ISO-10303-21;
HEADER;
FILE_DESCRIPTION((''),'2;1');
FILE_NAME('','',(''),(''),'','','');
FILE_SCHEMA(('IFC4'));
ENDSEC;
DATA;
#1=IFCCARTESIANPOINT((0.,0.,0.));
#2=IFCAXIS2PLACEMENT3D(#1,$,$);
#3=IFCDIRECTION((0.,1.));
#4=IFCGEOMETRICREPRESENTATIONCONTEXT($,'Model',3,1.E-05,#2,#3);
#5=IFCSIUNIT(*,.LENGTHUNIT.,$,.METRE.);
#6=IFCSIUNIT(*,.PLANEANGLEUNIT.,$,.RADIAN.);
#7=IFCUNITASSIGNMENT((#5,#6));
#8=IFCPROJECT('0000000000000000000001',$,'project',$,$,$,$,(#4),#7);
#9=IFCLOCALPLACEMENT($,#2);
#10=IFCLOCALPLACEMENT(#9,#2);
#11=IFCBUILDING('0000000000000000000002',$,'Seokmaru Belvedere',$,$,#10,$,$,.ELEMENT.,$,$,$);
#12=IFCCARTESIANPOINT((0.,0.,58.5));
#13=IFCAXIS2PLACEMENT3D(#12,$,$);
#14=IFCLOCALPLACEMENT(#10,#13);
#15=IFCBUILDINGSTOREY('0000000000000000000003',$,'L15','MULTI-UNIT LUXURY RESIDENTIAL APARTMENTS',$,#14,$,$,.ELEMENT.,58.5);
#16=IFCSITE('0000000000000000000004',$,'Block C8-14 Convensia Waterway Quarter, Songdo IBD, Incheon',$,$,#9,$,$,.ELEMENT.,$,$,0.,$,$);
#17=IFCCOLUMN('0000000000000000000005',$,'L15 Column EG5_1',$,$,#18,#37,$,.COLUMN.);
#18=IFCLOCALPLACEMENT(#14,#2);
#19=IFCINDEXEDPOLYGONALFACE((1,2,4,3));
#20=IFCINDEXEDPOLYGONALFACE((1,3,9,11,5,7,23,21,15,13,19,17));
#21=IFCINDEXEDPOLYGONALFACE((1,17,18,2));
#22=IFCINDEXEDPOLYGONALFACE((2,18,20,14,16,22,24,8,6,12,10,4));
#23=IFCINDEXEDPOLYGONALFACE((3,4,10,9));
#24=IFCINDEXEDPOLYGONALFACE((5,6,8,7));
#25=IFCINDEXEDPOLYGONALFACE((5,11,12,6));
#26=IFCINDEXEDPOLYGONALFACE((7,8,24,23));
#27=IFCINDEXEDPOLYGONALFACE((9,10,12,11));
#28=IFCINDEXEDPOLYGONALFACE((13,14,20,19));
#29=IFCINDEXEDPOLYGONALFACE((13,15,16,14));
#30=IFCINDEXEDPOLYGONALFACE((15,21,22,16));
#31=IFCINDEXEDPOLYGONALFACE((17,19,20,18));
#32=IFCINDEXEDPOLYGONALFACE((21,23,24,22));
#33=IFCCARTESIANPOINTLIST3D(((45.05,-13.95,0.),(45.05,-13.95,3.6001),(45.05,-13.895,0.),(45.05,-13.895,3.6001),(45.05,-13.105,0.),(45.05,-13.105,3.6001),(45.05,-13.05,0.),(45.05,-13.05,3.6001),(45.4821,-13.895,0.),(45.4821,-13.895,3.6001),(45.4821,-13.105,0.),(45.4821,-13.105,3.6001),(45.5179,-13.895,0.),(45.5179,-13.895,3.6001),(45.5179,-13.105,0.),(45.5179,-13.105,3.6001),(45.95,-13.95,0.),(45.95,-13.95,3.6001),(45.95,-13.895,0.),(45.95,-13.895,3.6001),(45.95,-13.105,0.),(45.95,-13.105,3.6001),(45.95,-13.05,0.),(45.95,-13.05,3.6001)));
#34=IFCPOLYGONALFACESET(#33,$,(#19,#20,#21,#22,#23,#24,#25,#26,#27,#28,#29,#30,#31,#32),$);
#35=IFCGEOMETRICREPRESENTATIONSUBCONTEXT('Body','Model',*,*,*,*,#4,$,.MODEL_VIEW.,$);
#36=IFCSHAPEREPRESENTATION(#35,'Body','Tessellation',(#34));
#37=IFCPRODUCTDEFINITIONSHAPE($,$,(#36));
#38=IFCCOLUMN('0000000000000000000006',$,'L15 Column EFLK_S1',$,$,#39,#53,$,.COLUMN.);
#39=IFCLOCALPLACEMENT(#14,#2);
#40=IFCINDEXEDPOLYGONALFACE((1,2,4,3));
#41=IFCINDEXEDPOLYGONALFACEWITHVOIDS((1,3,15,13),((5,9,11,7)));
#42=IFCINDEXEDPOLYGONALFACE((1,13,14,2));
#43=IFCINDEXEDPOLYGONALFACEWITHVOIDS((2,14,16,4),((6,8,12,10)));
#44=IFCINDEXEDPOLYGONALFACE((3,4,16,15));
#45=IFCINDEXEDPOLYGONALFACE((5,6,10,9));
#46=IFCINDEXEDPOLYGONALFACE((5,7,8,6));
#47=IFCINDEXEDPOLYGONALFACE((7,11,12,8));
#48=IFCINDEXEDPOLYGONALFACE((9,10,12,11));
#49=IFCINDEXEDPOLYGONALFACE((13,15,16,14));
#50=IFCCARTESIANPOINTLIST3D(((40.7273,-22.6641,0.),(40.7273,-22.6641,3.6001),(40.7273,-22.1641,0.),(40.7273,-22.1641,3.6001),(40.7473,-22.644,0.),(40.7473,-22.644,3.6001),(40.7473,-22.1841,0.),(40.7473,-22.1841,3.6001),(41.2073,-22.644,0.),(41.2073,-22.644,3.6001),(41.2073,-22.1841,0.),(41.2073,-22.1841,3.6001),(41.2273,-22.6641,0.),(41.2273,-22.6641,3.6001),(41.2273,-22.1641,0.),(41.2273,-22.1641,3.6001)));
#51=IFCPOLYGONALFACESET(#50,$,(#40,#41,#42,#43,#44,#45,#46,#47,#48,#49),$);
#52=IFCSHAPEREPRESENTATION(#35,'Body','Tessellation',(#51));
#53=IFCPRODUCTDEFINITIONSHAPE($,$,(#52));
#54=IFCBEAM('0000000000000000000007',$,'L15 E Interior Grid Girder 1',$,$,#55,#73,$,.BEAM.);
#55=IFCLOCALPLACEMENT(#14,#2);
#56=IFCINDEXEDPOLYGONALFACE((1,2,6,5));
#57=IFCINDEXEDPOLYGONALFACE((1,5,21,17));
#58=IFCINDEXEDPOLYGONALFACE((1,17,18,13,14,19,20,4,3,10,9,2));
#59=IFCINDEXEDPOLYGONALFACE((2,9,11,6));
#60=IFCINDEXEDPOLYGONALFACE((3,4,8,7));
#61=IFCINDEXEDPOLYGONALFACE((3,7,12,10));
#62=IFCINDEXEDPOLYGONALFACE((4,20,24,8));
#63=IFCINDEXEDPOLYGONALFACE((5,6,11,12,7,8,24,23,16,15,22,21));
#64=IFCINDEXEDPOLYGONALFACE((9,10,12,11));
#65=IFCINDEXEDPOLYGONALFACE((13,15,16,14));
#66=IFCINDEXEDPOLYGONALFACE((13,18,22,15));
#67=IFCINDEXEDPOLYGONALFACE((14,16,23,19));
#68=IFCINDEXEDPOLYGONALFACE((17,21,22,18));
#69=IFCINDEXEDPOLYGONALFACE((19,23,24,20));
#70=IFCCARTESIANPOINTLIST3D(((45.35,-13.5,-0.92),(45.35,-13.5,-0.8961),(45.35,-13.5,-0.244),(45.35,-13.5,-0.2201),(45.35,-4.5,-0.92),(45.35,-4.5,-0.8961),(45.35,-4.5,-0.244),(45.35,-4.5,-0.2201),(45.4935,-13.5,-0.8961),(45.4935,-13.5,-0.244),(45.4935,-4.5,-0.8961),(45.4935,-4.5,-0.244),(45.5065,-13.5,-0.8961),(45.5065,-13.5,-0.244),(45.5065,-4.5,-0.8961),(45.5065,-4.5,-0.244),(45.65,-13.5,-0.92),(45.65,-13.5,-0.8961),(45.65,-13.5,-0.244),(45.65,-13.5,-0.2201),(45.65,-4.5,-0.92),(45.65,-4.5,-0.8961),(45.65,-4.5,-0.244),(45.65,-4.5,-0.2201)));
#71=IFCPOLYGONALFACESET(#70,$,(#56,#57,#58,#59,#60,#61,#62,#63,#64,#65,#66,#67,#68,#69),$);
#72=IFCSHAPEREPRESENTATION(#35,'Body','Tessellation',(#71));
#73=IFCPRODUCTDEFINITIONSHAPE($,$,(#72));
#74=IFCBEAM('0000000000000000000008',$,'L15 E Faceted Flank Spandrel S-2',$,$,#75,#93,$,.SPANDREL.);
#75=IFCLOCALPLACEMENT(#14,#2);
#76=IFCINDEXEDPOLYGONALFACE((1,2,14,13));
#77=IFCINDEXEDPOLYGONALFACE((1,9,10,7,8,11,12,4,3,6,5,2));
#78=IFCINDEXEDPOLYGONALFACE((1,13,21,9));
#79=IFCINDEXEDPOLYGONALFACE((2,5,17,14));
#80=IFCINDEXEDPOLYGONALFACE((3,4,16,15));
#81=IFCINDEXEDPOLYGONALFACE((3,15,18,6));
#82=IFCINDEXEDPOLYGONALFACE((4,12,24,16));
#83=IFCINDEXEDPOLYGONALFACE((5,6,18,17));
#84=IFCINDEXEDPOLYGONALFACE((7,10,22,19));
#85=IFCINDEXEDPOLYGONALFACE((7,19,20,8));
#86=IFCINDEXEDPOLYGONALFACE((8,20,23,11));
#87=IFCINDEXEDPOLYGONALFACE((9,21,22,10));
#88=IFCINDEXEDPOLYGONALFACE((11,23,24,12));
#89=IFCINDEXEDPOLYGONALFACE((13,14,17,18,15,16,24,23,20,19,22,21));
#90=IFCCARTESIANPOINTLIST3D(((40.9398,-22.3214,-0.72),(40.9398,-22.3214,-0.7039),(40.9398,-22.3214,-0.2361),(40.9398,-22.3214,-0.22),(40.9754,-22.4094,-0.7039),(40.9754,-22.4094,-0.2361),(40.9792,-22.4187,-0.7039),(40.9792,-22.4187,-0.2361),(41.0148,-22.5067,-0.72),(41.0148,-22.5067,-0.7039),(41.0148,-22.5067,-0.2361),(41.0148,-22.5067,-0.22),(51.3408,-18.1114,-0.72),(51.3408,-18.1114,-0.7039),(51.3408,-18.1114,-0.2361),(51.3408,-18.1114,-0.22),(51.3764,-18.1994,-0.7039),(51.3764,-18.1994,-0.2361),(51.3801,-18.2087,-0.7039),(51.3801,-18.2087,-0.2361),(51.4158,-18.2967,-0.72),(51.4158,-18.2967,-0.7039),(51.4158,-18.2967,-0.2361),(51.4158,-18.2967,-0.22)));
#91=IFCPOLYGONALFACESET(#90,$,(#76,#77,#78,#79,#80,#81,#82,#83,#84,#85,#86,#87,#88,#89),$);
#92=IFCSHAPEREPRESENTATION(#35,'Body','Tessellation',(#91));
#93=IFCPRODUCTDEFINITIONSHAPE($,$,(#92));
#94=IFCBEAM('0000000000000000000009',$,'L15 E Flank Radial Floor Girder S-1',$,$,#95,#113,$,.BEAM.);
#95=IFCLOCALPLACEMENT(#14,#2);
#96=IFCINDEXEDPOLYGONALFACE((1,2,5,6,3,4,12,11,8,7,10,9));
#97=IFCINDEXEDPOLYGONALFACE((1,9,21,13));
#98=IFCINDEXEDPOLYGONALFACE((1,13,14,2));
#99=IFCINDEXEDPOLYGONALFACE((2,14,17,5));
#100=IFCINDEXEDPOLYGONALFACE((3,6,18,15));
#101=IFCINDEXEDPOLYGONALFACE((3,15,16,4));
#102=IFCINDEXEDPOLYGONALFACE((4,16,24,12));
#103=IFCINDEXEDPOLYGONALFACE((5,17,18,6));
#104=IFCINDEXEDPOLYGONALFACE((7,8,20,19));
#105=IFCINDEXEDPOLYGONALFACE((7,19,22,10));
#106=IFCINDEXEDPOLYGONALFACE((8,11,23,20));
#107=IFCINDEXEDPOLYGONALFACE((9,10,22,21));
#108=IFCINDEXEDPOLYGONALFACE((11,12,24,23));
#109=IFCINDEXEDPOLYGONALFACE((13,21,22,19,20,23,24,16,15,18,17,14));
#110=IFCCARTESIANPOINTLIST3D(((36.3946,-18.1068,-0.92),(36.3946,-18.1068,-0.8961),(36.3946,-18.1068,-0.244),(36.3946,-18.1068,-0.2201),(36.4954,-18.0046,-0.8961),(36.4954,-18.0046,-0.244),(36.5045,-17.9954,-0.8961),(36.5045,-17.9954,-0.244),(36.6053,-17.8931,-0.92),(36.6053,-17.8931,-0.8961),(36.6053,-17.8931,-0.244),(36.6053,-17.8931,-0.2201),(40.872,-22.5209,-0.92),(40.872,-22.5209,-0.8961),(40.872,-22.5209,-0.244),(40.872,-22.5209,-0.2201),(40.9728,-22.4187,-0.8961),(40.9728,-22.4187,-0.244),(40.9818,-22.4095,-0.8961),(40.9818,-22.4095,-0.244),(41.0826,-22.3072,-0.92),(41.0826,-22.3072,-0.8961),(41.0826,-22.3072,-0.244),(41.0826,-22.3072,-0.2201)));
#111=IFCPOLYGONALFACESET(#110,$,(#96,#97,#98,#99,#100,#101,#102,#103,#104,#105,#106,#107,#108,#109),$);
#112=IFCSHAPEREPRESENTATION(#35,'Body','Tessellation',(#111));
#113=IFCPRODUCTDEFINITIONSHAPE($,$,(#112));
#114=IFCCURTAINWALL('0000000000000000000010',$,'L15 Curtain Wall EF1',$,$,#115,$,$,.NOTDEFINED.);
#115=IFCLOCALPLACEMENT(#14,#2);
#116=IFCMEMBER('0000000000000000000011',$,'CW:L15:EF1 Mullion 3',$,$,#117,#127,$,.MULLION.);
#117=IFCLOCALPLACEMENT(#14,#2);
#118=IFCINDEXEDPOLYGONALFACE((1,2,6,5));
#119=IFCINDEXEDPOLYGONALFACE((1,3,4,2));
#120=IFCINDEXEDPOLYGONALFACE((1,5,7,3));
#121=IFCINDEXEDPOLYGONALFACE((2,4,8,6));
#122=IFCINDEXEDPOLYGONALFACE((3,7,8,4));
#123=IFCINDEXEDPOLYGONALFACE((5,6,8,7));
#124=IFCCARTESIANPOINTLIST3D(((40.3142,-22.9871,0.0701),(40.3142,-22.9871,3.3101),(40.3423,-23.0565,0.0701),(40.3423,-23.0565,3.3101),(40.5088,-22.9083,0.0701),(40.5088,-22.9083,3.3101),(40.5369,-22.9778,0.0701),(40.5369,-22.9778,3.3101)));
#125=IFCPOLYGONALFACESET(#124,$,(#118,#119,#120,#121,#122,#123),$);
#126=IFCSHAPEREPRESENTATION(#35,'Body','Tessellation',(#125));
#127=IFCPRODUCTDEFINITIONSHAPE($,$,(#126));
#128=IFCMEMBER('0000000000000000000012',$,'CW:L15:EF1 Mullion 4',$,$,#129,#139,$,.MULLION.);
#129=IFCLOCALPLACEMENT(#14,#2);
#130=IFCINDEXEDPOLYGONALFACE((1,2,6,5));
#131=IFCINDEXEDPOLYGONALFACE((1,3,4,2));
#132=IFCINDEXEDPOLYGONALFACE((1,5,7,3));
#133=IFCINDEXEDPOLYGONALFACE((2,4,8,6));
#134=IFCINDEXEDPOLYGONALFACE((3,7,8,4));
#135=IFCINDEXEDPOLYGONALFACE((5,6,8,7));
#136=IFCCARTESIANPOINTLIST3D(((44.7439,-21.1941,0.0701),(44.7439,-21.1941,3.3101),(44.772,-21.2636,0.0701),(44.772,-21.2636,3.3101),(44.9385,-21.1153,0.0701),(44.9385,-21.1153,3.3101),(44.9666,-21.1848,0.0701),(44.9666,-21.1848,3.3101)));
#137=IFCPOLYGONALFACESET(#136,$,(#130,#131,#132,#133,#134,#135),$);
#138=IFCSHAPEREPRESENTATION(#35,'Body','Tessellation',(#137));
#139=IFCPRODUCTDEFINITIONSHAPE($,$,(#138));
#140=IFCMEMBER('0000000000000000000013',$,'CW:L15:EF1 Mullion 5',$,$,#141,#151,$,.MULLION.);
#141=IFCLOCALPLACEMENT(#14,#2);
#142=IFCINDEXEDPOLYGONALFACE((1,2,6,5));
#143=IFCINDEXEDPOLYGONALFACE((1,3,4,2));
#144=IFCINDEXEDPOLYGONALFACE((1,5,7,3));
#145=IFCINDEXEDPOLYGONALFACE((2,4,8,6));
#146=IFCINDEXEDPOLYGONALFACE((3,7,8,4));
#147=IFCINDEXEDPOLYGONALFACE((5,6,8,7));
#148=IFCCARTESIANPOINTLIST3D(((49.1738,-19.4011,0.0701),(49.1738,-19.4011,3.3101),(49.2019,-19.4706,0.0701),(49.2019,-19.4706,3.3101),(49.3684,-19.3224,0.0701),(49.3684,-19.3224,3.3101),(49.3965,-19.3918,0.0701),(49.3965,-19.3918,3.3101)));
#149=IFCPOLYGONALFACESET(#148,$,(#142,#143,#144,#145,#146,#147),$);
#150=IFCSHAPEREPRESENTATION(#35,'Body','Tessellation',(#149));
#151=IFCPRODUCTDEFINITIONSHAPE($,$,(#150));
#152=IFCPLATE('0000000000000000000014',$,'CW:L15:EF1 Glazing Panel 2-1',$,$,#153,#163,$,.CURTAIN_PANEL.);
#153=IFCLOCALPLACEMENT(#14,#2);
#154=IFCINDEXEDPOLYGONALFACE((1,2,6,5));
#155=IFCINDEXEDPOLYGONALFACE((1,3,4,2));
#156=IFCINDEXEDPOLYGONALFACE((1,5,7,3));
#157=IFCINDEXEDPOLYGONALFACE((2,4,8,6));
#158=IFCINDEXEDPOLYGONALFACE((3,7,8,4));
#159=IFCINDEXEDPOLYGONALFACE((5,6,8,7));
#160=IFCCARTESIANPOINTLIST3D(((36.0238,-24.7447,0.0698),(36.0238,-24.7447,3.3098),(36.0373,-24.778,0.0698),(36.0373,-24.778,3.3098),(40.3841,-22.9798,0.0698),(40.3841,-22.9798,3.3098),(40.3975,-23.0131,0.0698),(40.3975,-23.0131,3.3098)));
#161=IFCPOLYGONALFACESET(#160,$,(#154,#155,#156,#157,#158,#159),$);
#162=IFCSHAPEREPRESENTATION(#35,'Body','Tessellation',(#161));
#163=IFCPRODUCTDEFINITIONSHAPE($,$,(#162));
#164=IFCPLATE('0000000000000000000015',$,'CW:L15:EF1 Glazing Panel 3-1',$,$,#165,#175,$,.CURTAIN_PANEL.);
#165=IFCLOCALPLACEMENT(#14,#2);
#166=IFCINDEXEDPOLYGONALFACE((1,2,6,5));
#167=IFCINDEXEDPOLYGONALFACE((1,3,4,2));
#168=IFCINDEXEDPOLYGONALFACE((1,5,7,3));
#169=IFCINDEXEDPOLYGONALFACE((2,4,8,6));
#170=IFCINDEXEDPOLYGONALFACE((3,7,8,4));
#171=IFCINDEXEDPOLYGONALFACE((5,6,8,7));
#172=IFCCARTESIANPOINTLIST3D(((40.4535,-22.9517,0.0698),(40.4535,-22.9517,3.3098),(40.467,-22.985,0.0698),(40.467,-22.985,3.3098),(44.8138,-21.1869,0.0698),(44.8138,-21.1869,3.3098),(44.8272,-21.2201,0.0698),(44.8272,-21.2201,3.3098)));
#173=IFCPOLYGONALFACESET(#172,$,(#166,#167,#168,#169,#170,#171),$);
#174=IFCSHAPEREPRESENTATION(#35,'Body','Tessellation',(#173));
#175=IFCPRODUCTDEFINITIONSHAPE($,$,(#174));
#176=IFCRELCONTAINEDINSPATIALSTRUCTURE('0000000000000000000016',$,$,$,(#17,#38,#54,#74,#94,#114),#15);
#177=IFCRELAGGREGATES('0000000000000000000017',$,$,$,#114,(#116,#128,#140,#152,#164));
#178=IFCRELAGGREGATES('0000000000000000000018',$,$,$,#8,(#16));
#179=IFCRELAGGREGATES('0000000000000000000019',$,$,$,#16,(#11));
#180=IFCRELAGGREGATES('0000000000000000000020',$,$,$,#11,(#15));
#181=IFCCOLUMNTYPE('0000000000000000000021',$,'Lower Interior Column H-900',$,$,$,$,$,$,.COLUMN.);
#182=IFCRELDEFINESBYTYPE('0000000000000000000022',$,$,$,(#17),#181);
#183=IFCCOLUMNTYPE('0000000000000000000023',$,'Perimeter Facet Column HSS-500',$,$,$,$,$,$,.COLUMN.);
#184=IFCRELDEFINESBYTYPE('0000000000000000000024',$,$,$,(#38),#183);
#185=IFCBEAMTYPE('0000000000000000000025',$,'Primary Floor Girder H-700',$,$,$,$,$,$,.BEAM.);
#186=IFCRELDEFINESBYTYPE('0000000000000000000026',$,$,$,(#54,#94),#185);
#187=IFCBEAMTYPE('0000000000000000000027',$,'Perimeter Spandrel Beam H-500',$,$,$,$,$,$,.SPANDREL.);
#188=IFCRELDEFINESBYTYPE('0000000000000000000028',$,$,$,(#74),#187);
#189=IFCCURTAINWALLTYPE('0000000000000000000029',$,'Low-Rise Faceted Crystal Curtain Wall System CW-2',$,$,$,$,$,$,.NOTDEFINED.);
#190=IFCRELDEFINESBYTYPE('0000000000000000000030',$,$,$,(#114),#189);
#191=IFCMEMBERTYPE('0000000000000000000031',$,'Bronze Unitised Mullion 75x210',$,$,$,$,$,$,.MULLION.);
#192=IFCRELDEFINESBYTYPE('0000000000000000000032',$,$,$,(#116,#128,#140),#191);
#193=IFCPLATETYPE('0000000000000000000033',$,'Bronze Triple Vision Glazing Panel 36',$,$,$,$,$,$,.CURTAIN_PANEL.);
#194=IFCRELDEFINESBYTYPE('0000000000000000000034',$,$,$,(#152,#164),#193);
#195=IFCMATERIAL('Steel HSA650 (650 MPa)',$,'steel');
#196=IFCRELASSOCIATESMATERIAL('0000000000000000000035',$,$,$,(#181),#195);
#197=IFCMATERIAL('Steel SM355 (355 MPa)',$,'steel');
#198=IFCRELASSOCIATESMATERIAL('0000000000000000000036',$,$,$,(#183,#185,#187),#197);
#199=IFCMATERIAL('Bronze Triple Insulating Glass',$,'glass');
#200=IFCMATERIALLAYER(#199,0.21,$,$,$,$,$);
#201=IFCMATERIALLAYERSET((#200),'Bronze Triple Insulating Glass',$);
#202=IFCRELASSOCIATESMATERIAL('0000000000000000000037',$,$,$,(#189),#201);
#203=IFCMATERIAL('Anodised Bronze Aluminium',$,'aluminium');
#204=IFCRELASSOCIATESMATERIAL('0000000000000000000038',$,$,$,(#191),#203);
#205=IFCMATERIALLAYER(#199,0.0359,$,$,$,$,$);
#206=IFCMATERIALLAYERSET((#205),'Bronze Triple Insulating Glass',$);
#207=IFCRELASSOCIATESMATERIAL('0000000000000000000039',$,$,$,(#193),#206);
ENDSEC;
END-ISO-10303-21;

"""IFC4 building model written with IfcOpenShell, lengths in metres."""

from ifc_helpers import new_model, si_unit, direction, frame, origin, origin_2d, place, context, subcontext, project, spatial, rectangle, hollow_rectangle, i_section, extrude, source, transform, mapped, material, layer, layer_set, material_profile, profile_set, type_object, type_shapes, element, aggregate, save


model = new_model("IFC4")

# Units and contexts
model_context = context("Model", 3, precision=1e-05, world=origin(), true_north=direction((0.0, 1.0)))
body_context = subcontext(model_context, "Body", "Model", "MODEL_VIEW")
ifc_project = project(units=[si_unit("LENGTHUNIT", "METRE"), si_unit("PLANEANGLEUNIT", "RADIAN")], contexts=[model_context])

# Site, building, storey
site_placement = place(None, origin())
site = spatial("IfcSite", under=ifc_project, at=site_placement, Name="Block C8-14 Convensia Waterway Quarter, Songdo IBD, Incheon", CompositionType="ELEMENT", RefElevation=0.0)
building_placement = place(site_placement, origin())
building = spatial("IfcBuilding", under=site, at=building_placement, Name="Seokmaru Belvedere", CompositionType="ELEMENT")
storey_placement = place(building_placement, frame((0.0, 0.0, 58.5)))
storey = spatial("IfcBuildingStorey", under=building, at=storey_placement, Name="L15", Description="MULTI-UNIT LUXURY RESIDENTIAL APARTMENTS", CompositionType="ELEMENT", Elevation=58.5)

# Columns
ifc_material_1 = material(Name="Steel HSA650 (650 MPa)", Category="steel")
ifc_material_profile_1 = material_profile(ifc_material_1, i_section(OverallWidth=0.8999, OverallDepth=0.8999, WebThickness=0.0359, FlangeThickness=0.0549, at=origin_2d()), Name="H-900x900x36x55")
ifc_profile_set_1 = profile_set([ifc_material_profile_1], Name="Steel HSA650 (650 MPa)")
column_type_1 = type_object("IfcColumnType", Name="Lower Interior Column H-900", PredefinedType="COLUMN", material=ifc_profile_set_1)
shared_shape_1 = source(origin(), body_context, "Body", "SweptSolid", [
    extrude(i_section(OverallWidth=0.8999, OverallDepth=0.8999, WebThickness=0.0359, FlangeThickness=0.0549, at=origin_2d()), origin(), (0.0, 0.0, 1.0), 3.6001),
])
type_shapes(column_type_1, [shared_shape_1])
column_1_placement = place(storey_placement, frame((45.5, -13.5, 0.0), z_axis=(0.0, 0.0, 1.0), x_axis=(1.0, 0.0, 0.0)))
element("IfcColumn", 1, at=column_1_placement, inside=storey, type_object=column_type_1, Name="L15 Column EG5_1", PredefinedType="COLUMN", context=body_context, shape_type="MappedRepresentation", body=[
    mapped(shared_shape_1, transform((0.0, 0.0, 0.0), scale=1.0)),
])
ifc_material_2 = material(Name="Steel SM355 (355 MPa)", Category="steel")
ifc_material_profile_2 = material_profile(ifc_material_2, hollow_rectangle(XDim=0.5, YDim=0.5, WallThickness=0.02, at=origin_2d()), Name="HSS-500x500x20")
ifc_profile_set_2 = profile_set([ifc_material_profile_2], Name="Steel SM355 (355 MPa)")
column_type_2 = type_object("IfcColumnType", Name="Perimeter Facet Column HSS-500", PredefinedType="COLUMN", material=ifc_profile_set_2)
shared_shape_2 = source(origin(), body_context, "Body", "SweptSolid", [
    extrude(hollow_rectangle(XDim=0.5, YDim=0.5, WallThickness=0.02, at=origin_2d()), origin(), (0.0, 0.0, 1.0), 3.6001),
])
type_shapes(column_type_2, [shared_shape_2])
column_2_placement = place(storey_placement, frame((40.9773, -22.4141, 0.0), z_axis=(0.0, 0.0, 1.0), x_axis=(1.0, 0.0, 0.0)))
element("IfcColumn", 2, at=column_2_placement, inside=storey, type_object=column_type_2, Name="L15 Column EFLK_S1", PredefinedType="COLUMN", context=body_context, shape_type="MappedRepresentation", body=[
    mapped(shared_shape_2, transform((0.0, 0.0, 0.0), scale=1.0)),
])

# Beams
ifc_material_profile_3 = material_profile(ifc_material_2, i_section(OverallWidth=0.3, OverallDepth=0.7, WebThickness=0.0129, FlangeThickness=0.0239, at=origin_2d()), Name="H-700x300x13x24")
ifc_profile_set_3 = profile_set([ifc_material_profile_3], Name="Steel SM355 (355 MPa)")
beam_type_1 = type_object("IfcBeamType", Name="Primary Floor Girder H-700", PredefinedType="BEAM", material=ifc_profile_set_3)
shared_shape_3 = source(origin(), body_context, "Body", "SweptSolid", [
    extrude(i_section(OverallWidth=0.3, OverallDepth=0.7, WebThickness=0.0129, FlangeThickness=0.0239, at=origin_2d()), origin(), (0.0, 0.0, 1.0), 9.0),
])
beam_1_placement = place(storey_placement, frame((45.5, -13.5, -0.5701), z_axis=(0.0, 1.0, 0.0), x_axis=(-1.0, 0.0, 0.0)))
element("IfcBeam", 3, at=beam_1_placement, inside=storey, type_object=beam_type_1, Name="L15 E Interior Grid Girder 1", PredefinedType="BEAM", context=body_context, shape_type="MappedRepresentation", body=[
    mapped(shared_shape_3, transform((0.0, 0.0, 0.0), scale=1.0)),
])
ifc_material_profile_4 = material_profile(ifc_material_2, i_section(OverallWidth=0.2, OverallDepth=0.5, WebThickness=0.01, FlangeThickness=0.0161, at=origin_2d()), Name="H-500x200x10x16")
ifc_profile_set_4 = profile_set([ifc_material_profile_4], Name="Steel SM355 (355 MPa)")
beam_type_2 = type_object("IfcBeamType", Name="Perimeter Spandrel Beam H-500", PredefinedType="SPANDREL", material=ifc_profile_set_4)
shared_shape_4 = source(origin(), body_context, "Body", "SweptSolid", [
    extrude(i_section(OverallWidth=0.2, OverallDepth=0.5, WebThickness=0.01, FlangeThickness=0.0161, at=origin_2d()), origin(), (0.0, 0.0, 1.0), 11.2207),
])
type_shapes(beam_type_2, [shared_shape_4])
beam_2_placement = place(storey_placement, frame((40.9773, -22.4141, -0.47), z_axis=(0.926944, 0.375199, 0.0), x_axis=(-0.375199, 0.926944, 0.0)))
element("IfcBeam", 4, at=beam_2_placement, inside=storey, type_object=beam_type_2, Name="L15 E Faceted Flank Spandrel S-2", PredefinedType="SPANDREL", context=body_context, shape_type="MappedRepresentation", body=[
    mapped(shared_shape_4, transform((0.0, 0.0, 0.0), scale=1.0)),
])
shared_shape_5 = source(origin(), body_context, "Body", "SweptSolid", [
    extrude(i_section(OverallWidth=0.3, OverallDepth=0.7, WebThickness=0.0129, FlangeThickness=0.0239, at=origin_2d()), origin(), (0.0, 0.0, 1.0), 6.2874),
])
type_shapes(beam_type_1, [shared_shape_3, shared_shape_5])
beam_3_placement = place(storey_placement, frame((40.9773, -22.4141, -0.5701), z_axis=(-0.712117, 0.70206, 0.0), x_axis=(-0.70206, -0.712117, 0.0)))
element("IfcBeam", 5, at=beam_3_placement, inside=storey, type_object=beam_type_1, Name="L15 E Flank Radial Floor Girder S-1", PredefinedType="BEAM", context=body_context, shape_type="MappedRepresentation", body=[
    mapped(shared_shape_5, transform((0.0, 0.0, 0.0), scale=1.0)),
])

# Curtain wall, members, plates
ifc_material_3 = material(Name="Bronze Triple Insulating Glass", Category="glass")
ifc_layer_1 = layer(ifc_material_3, 0.21)
ifc_layer_set_1 = layer_set([ifc_layer_1], Name="Bronze Triple Insulating Glass")
curtain_wall_type = type_object("IfcCurtainWallType", Name="Low-Rise Faceted Crystal Curtain Wall System CW-2", PredefinedType="NOTDEFINED", material=ifc_layer_set_1)
curtain_wall_placement = place(storey_placement, origin())
curtain_wall = element("IfcCurtainWall", 6, at=curtain_wall_placement, inside=storey, type_object=curtain_wall_type, Name="L15 Curtain Wall EF1", PredefinedType="NOTDEFINED")
ifc_material_4 = material(Name="Anodised Bronze Aluminium", Category="aluminium")
ifc_material_profile_5 = material_profile(ifc_material_4, rectangle(XDim=0.075, YDim=0.21, at=origin_2d()), Name="CW-M-75x210")
ifc_profile_set_5 = profile_set([ifc_material_profile_5], Name="Anodised Bronze Aluminium")
member_type = type_object("IfcMemberType", Name="Bronze Unitised Mullion 75x210", PredefinedType="MULLION", material=ifc_profile_set_5)
shared_shape_6 = source(origin(), body_context, "Body", "SweptSolid", [
    extrude(rectangle(XDim=0.075, YDim=0.21, at=origin_2d()), origin(), (0.0, 0.0, 1.0), 3.24),
])
type_shapes(member_type, [shared_shape_6])
member_1_placement = place(storey_placement, frame((40.4255, -22.9824, 0.0701), z_axis=(0.0, 0.0, 1.0), x_axis=(-0.375192, 0.926947, 0.0)))
member_1 = element("IfcMember", 7, at=member_1_placement, type_object=member_type, Name="CW:L15:EF1 Mullion 3", PredefinedType="MULLION", context=body_context, shape_type="MappedRepresentation", body=[
    mapped(shared_shape_6, transform((0.0, 0.0, 0.0), scale=1.0)),
])
member_2_placement = place(storey_placement, frame((44.8552, -21.1895, 0.0701), z_axis=(0.0, 0.0, 1.0), x_axis=(-0.375192, 0.926947, 0.0)))
member_2 = element("IfcMember", 8, at=member_2_placement, type_object=member_type, Name="CW:L15:EF1 Mullion 4", PredefinedType="MULLION", context=body_context, shape_type="MappedRepresentation", body=[
    mapped(shared_shape_6, transform((0.0, 0.0, 0.0), scale=1.0)),
])
member_3_placement = place(storey_placement, frame((49.2852, -19.3965, 0.0701), z_axis=(0.0, 0.0, 1.0), x_axis=(-0.375192, 0.926947, 0.0)))
member_3 = element("IfcMember", 9, at=member_3_placement, type_object=member_type, Name="CW:L15:EF1 Mullion 5", PredefinedType="MULLION", context=body_context, shape_type="MappedRepresentation", body=[
    mapped(shared_shape_6, transform((0.0, 0.0, 0.0), scale=1.0)),
])
ifc_layer_2 = layer(ifc_material_3, 0.0359)
ifc_layer_set_2 = layer_set([ifc_layer_2], Name="Bronze Triple Insulating Glass")
plate_type = type_object("IfcPlateType", Name="Bronze Triple Vision Glazing Panel 36", PredefinedType="CURTAIN_PANEL", material=ifc_layer_set_2)
shared_shape_7 = source(origin(), body_context, "Body", "SweptSolid", [
    extrude(rectangle(XDim=4.7039, YDim=0.0359, at=origin_2d()), origin(), (0.0, 0.0, 1.0), 3.24),
])
type_shapes(plate_type, [shared_shape_7])
plate_1_placement = place(storey_placement, frame((38.2107, -23.8789, 0.0698), z_axis=(0.0, 0.0, 1.0), x_axis=(0.926947, 0.375192, 0.0)))
plate_1 = element("IfcPlate", 10, at=plate_1_placement, type_object=plate_type, Name="CW:L15:EF1 Glazing Panel 2-1", PredefinedType="CURTAIN_PANEL", context=body_context, shape_type="MappedRepresentation", body=[
    mapped(shared_shape_7, transform((0.0, 0.0, 0.0), scale=1.0)),
])
plate_2_placement = place(storey_placement, frame((42.6404, -22.0859, 0.0698), z_axis=(0.0, 0.0, 1.0), x_axis=(0.926947, 0.375192, 0.0)))
plate_2 = element("IfcPlate", 11, at=plate_2_placement, type_object=plate_type, Name="CW:L15:EF1 Glazing Panel 3-1", PredefinedType="CURTAIN_PANEL", context=body_context, shape_type="MappedRepresentation", body=[
    mapped(shared_shape_7, transform((0.0, 0.0, 0.0), scale=1.0)),
])
aggregate(curtain_wall, [member_1, member_2, member_3, plate_1, plate_2])

save(model, "model.ifc")
